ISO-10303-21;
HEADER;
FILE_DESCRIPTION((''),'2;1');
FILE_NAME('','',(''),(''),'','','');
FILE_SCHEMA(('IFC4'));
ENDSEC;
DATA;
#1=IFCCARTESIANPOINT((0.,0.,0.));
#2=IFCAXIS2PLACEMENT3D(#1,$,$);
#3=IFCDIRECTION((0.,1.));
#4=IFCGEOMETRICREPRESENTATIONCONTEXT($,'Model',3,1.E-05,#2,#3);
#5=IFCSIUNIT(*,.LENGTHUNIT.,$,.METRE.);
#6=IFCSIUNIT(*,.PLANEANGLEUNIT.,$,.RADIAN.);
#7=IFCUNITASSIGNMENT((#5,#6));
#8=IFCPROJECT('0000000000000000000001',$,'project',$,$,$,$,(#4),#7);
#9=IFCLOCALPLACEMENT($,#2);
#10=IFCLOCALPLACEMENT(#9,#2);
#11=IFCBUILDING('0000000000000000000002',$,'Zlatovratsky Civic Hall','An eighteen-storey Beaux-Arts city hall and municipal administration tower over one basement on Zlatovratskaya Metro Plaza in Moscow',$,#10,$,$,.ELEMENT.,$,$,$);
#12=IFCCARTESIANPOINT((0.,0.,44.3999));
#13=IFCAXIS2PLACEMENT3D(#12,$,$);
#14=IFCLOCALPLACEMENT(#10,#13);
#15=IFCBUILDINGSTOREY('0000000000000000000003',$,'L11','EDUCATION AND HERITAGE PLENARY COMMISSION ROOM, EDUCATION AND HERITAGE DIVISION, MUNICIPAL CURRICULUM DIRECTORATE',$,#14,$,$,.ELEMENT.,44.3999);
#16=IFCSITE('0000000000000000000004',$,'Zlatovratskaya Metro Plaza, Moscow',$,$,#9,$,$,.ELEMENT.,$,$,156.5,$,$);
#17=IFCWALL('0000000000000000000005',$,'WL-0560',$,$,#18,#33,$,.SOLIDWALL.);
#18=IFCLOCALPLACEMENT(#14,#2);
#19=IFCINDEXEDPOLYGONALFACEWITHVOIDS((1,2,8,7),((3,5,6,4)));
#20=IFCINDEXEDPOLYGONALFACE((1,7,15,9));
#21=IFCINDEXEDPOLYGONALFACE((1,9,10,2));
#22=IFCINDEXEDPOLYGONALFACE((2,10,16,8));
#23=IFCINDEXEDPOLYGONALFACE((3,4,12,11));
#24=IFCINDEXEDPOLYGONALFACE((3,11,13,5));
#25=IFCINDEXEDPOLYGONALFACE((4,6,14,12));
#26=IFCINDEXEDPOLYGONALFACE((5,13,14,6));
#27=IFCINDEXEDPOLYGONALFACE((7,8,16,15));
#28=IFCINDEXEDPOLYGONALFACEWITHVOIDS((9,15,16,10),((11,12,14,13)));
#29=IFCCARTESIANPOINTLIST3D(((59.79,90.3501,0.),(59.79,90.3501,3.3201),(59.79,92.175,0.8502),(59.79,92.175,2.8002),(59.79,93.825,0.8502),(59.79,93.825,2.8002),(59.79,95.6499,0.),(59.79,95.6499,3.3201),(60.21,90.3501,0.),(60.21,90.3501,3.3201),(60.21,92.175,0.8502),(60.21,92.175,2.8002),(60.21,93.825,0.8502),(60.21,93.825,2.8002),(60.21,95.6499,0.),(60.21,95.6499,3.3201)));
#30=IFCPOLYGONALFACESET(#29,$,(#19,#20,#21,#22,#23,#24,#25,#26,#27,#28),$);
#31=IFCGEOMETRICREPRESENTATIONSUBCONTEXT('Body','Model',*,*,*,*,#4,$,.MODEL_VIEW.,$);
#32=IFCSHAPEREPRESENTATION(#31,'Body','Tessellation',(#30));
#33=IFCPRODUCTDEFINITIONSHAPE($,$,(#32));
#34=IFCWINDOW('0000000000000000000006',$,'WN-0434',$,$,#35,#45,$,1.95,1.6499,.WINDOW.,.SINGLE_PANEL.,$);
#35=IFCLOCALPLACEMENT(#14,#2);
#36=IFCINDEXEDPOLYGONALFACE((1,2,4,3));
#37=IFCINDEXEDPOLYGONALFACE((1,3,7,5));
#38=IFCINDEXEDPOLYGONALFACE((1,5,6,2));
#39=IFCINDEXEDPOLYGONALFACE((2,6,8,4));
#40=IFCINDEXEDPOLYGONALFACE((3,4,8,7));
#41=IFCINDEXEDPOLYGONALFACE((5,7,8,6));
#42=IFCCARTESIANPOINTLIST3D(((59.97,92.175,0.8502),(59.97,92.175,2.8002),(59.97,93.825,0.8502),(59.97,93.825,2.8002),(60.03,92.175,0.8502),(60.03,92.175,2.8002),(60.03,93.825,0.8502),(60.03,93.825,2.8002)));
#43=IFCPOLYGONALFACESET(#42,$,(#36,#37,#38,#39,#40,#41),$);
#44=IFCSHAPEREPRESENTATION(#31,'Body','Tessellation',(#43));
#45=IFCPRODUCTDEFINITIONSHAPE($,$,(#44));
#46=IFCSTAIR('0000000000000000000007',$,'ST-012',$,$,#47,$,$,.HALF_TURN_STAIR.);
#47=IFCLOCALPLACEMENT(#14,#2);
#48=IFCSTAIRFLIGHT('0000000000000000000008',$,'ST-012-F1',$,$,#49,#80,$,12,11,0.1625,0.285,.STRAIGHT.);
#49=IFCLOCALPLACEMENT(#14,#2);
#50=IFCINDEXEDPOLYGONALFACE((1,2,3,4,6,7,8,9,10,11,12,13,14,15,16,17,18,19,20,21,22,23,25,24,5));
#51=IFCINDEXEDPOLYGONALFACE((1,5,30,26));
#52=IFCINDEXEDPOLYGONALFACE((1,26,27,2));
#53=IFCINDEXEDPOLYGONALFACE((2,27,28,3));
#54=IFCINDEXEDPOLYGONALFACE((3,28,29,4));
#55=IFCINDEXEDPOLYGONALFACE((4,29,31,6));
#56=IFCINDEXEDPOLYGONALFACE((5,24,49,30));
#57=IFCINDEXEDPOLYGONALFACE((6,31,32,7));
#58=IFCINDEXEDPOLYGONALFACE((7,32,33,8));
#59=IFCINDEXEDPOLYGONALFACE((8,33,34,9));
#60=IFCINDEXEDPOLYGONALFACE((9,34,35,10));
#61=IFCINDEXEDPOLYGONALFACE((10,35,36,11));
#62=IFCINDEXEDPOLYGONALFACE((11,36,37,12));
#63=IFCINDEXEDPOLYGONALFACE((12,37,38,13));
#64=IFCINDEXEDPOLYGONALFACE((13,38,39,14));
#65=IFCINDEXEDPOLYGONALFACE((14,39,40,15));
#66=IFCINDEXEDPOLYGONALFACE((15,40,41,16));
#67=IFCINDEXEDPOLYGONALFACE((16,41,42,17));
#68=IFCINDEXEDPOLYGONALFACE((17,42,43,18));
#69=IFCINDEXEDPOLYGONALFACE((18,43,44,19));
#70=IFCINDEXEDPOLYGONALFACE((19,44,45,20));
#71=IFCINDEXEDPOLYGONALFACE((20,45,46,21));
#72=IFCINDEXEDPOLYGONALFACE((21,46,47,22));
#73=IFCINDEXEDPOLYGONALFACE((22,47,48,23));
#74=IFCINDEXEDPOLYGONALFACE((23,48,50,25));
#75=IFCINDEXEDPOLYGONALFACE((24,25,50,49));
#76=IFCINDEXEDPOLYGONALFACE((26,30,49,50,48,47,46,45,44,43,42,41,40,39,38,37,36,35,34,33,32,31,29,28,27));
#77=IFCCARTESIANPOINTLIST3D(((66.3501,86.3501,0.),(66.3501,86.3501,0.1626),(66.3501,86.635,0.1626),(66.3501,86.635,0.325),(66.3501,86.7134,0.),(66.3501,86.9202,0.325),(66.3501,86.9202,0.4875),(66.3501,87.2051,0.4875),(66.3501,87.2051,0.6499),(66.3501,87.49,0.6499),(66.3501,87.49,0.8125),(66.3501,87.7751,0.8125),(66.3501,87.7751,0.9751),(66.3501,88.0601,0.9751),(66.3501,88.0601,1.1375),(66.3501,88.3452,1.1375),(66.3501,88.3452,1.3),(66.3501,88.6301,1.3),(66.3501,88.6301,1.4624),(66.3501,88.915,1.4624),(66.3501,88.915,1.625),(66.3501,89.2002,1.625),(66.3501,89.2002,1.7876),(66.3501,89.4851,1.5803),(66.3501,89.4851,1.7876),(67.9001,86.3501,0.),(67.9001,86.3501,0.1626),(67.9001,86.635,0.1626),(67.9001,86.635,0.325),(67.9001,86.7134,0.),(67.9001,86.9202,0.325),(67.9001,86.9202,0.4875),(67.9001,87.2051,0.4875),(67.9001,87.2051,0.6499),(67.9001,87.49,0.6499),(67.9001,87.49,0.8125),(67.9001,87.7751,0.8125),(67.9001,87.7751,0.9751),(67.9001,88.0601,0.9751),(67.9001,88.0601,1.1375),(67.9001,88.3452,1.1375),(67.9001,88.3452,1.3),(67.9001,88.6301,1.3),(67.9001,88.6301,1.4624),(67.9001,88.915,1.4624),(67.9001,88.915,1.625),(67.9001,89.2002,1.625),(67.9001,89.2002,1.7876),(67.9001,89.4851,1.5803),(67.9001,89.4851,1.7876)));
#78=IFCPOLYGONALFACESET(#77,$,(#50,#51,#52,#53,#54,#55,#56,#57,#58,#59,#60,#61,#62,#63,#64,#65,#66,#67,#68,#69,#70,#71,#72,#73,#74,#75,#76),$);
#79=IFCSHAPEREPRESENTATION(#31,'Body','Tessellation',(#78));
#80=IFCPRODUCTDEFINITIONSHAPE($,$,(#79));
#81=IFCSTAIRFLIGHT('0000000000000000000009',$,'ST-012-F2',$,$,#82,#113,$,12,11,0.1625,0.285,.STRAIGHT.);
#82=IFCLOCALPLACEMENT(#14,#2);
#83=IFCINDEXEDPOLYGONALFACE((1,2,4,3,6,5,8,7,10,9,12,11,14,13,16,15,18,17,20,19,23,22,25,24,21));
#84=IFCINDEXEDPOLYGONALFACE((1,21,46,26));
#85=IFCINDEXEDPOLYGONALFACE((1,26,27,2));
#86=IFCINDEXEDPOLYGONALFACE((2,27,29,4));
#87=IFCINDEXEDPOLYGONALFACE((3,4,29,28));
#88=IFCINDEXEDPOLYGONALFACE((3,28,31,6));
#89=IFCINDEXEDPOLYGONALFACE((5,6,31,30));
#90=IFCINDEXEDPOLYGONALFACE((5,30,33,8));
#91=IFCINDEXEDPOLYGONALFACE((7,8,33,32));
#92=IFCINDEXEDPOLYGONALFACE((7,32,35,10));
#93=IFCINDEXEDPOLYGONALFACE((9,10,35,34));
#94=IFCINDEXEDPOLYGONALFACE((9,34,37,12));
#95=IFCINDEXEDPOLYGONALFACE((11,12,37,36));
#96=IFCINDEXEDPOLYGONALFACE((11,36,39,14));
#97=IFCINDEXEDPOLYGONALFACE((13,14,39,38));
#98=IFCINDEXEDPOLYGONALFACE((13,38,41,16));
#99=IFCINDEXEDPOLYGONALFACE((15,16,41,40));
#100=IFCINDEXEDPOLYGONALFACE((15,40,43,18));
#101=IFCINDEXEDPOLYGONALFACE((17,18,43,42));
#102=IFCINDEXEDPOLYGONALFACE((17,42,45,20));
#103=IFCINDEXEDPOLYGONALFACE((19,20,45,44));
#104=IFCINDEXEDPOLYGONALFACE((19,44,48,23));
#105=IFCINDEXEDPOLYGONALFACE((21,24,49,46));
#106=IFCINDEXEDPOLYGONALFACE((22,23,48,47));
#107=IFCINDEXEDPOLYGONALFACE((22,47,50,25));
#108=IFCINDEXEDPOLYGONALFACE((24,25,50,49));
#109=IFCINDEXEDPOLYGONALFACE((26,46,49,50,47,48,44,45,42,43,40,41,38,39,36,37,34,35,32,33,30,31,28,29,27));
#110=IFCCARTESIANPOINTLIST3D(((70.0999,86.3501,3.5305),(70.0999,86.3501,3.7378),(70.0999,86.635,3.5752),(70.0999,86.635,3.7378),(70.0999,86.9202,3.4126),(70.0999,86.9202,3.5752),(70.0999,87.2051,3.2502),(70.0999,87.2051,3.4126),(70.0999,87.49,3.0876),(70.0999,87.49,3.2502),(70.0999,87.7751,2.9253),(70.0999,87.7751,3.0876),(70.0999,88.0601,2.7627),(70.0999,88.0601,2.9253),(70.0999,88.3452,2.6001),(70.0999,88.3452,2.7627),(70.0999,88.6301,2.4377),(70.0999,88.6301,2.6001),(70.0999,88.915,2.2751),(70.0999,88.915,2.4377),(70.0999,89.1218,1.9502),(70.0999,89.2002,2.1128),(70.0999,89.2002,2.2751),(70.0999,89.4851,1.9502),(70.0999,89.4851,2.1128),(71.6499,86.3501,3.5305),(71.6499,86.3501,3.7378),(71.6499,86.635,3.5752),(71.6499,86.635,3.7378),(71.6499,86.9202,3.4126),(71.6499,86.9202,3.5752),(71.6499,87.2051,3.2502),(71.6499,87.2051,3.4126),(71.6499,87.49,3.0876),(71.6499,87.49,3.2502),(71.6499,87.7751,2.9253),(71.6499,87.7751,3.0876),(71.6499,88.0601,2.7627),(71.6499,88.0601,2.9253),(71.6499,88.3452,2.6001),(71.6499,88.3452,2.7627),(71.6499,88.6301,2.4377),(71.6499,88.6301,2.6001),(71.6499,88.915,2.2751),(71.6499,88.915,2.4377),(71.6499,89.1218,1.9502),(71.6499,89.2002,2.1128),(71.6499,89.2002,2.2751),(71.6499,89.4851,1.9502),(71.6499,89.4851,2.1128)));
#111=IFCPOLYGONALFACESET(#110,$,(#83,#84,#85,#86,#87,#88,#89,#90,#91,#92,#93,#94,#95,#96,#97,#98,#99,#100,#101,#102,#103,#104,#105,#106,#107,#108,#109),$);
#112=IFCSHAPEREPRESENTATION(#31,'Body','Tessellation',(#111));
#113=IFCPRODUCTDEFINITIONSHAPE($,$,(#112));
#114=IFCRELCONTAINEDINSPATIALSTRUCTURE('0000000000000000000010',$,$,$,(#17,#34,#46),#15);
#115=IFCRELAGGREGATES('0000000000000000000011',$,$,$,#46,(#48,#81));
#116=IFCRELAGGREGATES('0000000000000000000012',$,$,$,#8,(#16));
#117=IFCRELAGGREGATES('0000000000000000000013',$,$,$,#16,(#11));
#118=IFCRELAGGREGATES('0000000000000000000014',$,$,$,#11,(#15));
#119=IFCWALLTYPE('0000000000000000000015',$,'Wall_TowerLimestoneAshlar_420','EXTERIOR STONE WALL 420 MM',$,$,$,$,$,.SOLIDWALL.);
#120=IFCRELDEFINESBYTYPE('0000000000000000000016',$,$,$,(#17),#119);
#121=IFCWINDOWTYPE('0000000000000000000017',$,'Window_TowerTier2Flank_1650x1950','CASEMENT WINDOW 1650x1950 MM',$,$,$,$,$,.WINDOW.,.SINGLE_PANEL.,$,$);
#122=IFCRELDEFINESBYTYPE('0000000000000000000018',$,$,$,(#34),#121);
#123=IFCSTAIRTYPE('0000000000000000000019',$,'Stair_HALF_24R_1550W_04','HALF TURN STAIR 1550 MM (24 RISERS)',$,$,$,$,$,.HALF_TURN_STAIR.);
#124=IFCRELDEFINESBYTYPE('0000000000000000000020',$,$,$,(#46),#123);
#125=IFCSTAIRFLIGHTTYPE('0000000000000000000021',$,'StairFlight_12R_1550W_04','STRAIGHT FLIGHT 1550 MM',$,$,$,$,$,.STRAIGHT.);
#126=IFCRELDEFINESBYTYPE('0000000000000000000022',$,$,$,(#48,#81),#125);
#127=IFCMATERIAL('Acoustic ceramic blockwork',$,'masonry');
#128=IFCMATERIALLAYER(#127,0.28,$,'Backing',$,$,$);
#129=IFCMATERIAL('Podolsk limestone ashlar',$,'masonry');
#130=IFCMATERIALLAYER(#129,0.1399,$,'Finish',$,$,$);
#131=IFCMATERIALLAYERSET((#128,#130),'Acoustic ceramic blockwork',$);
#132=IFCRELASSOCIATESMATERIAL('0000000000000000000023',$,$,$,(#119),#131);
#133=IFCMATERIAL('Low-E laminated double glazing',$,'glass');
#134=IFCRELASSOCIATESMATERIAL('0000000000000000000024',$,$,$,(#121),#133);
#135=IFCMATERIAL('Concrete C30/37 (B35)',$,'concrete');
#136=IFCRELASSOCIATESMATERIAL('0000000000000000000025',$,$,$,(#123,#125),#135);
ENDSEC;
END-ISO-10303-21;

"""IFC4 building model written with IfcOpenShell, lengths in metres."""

from ifc_helpers import new_model, si_unit, direction, frame, frame_2d, origin, place, context, subcontext, project, spatial, polyline, rectangle, outline, extrude, material, layer, layer_set, type_object, element, fill, aggregate, save


model = new_model("IFC4")

# Units and contexts
model_context = context("Model", 3, precision=1e-05, world=origin(), true_north=direction((0.0, 1.0)))
body_context = subcontext(model_context, "Body", "Model", "MODEL_VIEW")
ifc_project = project(units=[si_unit("LENGTHUNIT", "METRE"), si_unit("PLANEANGLEUNIT", "RADIAN")], contexts=[model_context])

# Site, building, storey
site_placement = place(None, origin())
site = spatial("IfcSite", under=ifc_project, at=site_placement, Name="Zlatovratskaya Metro Plaza, Moscow", CompositionType="ELEMENT", RefElevation=156.5)
building_placement = place(site_placement, origin())
building = spatial("IfcBuilding", under=site, at=building_placement, Name="Zlatovratsky Civic Hall", Description="An eighteen-storey Beaux-Arts city hall and municipal administration tower over one basement on Zlatovratskaya Metro Plaza in Moscow", CompositionType="ELEMENT")
storey_placement = place(building_placement, frame((0.0, 0.0, 44.3999)))
storey = spatial("IfcBuildingStorey", under=building, at=storey_placement, Name="L11", Description="EDUCATION AND HERITAGE PLENARY COMMISSION ROOM, EDUCATION AND HERITAGE DIVISION, MUNICIPAL CURRICULUM DIRECTORATE", CompositionType="ELEMENT", Elevation=44.3999)

# Shared definitions
ifc_material_1 = material(Name="Acoustic ceramic blockwork", Category="masonry")

# Wall, opening, window
ifc_layer_1 = layer(ifc_material_1, 0.28, Name="Backing")
ifc_material_2 = material(Name="Podolsk limestone ashlar", Category="masonry")
ifc_layer_2 = layer(ifc_material_2, 0.1399, Name="Finish")
ifc_layer_set_1 = layer_set([ifc_layer_1, ifc_layer_2], Name="Acoustic ceramic blockwork")
wall_type_1 = type_object("IfcWallType", Name="Wall_TowerLimestoneAshlar_420", Description="EXTERIOR STONE WALL 420 MM", PredefinedType="SOLIDWALL", material=ifc_layer_set_1)
wall_1_placement = place(storey_placement, frame((60.0, 90.3501, 0.0), z_axis=(0.0, 0.0, 1.0), x_axis=(0.0, 1.0, 0.0)))
wall_1 = element("IfcWall", 1, at=wall_1_placement, inside=storey, type_object=wall_type_1, Name="WL-0560", PredefinedType="SOLIDWALL", context=body_context, shape_type="SweptSolid", body=[
    extrude(rectangle(XDim=5.2998, YDim=0.4199, at=frame_2d((2.6499, 0.0))), origin(), (0.0, 0.0, 1.0), 3.3201),
])
opening_placement = place(wall_1_placement, frame((1.825, 0.0, 0.8501)))
opening = element("IfcOpeningElement", 2, at=opening_placement, cuts=wall_1, PredefinedType="OPENING", context=body_context, shape_type="SweptSolid", body=[
    extrude(rectangle(XDim=1.6499, YDim=1.95, at=frame_2d((0.825, 0.9751))), frame((0.0, 0.2249, 0.0), z_axis=(0.0, -1.0, 0.0), x_axis=(1.0, 0.0, 0.0)), (0.0, 0.0, 1.0), 0.4497),
])
ifc_material_3 = material(Name="Low-E laminated double glazing", Category="glass")
window_type = type_object("IfcWindowType", Name="Window_TowerTier2Flank_1650x1950", Description="CASEMENT WINDOW 1650x1950 MM", PartitioningType="SINGLE_PANEL", PredefinedType="WINDOW", material=ifc_material_3)
window_placement = place(opening_placement, origin())
window = element("IfcWindow", 3, at=window_placement, inside=storey, type_object=window_type, Name="WN-0434", OverallHeight=1.95, OverallWidth=1.6499, PartitioningType="SINGLE_PANEL", PredefinedType="WINDOW", context=body_context, shape_type="SweptSolid", body=[
    extrude(rectangle(XDim=1.6499, YDim=1.95, at=frame_2d((0.825, 0.9751))), frame((0.0, 0.03, 0.0), z_axis=(0.0, -1.0, 0.0), x_axis=(1.0, 0.0, 0.0)), (0.0, 0.0, 1.0), 0.0601),
])
fill(opening, window)

# Stair, stair flights
ifc_material_4 = material(Name="Concrete C30/37 (B35)", Category="concrete")
stair_type = type_object("IfcStairType", Name="Stair_HALF_24R_1550W_04", Description="HALF TURN STAIR 1550 MM (24 RISERS)", PredefinedType="HALF_TURN_STAIR", material=ifc_material_4)
stair_placement = place(storey_placement, origin())
stair = element("IfcStair", 4, at=stair_placement, inside=storey, type_object=stair_type, Name="ST-012", PredefinedType="HALF_TURN_STAIR")
stair_flight_type = type_object("IfcStairFlightType", Name="StairFlight_12R_1550W_04", Description="STRAIGHT FLIGHT 1550 MM", PredefinedType="STRAIGHT", material=ifc_material_4)
stair_flight_1_placement = place(storey_placement, frame((67.125, 86.3501, 0.0), z_axis=(0.0, 0.0, 1.0), x_axis=(0.0, 1.0, 0.0)))
stair_flight_1 = element("IfcStairFlight", 5, at=stair_flight_1_placement, type_object=stair_flight_type, Name="ST-012-F1", NumberOfRisers=12, NumberOfTreads=11, PredefinedType="STRAIGHT", RiserHeight=0.1625, TreadLength=0.285, context=body_context, shape_type="SweptSolid", body=[
    extrude(outline(polyline([(0.0, 0.0), (0.0, 0.1626), (0.2849, 0.1626), (0.2849, 0.325), (0.5701, 0.325), (0.5701, 0.4875), (0.855, 0.4875), (0.855, 0.6499), (1.1399, 0.6499), (1.1399, 0.8125), (1.425, 0.8125), (1.425, 0.9751), (1.71, 0.9751), (1.71, 1.1375), (1.9951, 1.1375), (1.9951, 1.3), (2.28, 1.3), (2.28, 1.4624), (2.5649, 1.4624), (2.5649, 1.625), (2.8501, 1.625), (2.8501, 1.7876), (3.135, 1.7876), (3.135, 1.95), (3.135, 1.5803), (0.3633, 0.0), (0.0, 0.0)])), frame((0.0, 0.7749, 0.0), z_axis=(0.0, -1.0, 0.0), x_axis=(1.0, 0.0, 0.0)), (0.0, 0.0, 1.0), 1.55),
])
stair_flight_2_placement = place(storey_placement, frame((70.875, 89.4851, 1.9502), z_axis=(0.0, 0.0, 1.0), x_axis=(0.0, -1.0, 0.0)))
stair_flight_2 = element("IfcStairFlight", 6, at=stair_flight_2_placement, type_object=stair_flight_type, Name="ST-012-F2", NumberOfRisers=12, NumberOfTreads=11, PredefinedType="STRAIGHT", RiserHeight=0.1625, TreadLength=0.285, context=body_context, shape_type="SweptSolid", body=[
    extrude(outline(polyline([(0.0, 0.0), (0.0, 0.1626), (0.2849, 0.1626), (0.2849, 0.325), (0.5701, 0.325), (0.5701, 0.4875), (0.855, 0.4875), (0.855, 0.6499), (1.1399, 0.6499), (1.1399, 0.8125), (1.425, 0.8125), (1.425, 0.9751), (1.71, 0.9751), (1.71, 1.1375), (1.9951, 1.1375), (1.9951, 1.3), (2.28, 1.3), (2.28, 1.4624), (2.5649, 1.4624), (2.5649, 1.625), (2.8501, 1.625), (2.8501, 1.7876), (3.135, 1.7876), (3.135, 1.95), (3.135, 1.5803), (0.3633, 0.0), (0.0, 0.0)])), frame((0.0, 0.7749, 0.0), z_axis=(0.0, -1.0, 0.0), x_axis=(1.0, 0.0, 0.0)), (0.0, 0.0, 1.0), 1.55),
])
aggregate(stair, [stair_flight_1, stair_flight_2])

save(model, "model.ifc")
